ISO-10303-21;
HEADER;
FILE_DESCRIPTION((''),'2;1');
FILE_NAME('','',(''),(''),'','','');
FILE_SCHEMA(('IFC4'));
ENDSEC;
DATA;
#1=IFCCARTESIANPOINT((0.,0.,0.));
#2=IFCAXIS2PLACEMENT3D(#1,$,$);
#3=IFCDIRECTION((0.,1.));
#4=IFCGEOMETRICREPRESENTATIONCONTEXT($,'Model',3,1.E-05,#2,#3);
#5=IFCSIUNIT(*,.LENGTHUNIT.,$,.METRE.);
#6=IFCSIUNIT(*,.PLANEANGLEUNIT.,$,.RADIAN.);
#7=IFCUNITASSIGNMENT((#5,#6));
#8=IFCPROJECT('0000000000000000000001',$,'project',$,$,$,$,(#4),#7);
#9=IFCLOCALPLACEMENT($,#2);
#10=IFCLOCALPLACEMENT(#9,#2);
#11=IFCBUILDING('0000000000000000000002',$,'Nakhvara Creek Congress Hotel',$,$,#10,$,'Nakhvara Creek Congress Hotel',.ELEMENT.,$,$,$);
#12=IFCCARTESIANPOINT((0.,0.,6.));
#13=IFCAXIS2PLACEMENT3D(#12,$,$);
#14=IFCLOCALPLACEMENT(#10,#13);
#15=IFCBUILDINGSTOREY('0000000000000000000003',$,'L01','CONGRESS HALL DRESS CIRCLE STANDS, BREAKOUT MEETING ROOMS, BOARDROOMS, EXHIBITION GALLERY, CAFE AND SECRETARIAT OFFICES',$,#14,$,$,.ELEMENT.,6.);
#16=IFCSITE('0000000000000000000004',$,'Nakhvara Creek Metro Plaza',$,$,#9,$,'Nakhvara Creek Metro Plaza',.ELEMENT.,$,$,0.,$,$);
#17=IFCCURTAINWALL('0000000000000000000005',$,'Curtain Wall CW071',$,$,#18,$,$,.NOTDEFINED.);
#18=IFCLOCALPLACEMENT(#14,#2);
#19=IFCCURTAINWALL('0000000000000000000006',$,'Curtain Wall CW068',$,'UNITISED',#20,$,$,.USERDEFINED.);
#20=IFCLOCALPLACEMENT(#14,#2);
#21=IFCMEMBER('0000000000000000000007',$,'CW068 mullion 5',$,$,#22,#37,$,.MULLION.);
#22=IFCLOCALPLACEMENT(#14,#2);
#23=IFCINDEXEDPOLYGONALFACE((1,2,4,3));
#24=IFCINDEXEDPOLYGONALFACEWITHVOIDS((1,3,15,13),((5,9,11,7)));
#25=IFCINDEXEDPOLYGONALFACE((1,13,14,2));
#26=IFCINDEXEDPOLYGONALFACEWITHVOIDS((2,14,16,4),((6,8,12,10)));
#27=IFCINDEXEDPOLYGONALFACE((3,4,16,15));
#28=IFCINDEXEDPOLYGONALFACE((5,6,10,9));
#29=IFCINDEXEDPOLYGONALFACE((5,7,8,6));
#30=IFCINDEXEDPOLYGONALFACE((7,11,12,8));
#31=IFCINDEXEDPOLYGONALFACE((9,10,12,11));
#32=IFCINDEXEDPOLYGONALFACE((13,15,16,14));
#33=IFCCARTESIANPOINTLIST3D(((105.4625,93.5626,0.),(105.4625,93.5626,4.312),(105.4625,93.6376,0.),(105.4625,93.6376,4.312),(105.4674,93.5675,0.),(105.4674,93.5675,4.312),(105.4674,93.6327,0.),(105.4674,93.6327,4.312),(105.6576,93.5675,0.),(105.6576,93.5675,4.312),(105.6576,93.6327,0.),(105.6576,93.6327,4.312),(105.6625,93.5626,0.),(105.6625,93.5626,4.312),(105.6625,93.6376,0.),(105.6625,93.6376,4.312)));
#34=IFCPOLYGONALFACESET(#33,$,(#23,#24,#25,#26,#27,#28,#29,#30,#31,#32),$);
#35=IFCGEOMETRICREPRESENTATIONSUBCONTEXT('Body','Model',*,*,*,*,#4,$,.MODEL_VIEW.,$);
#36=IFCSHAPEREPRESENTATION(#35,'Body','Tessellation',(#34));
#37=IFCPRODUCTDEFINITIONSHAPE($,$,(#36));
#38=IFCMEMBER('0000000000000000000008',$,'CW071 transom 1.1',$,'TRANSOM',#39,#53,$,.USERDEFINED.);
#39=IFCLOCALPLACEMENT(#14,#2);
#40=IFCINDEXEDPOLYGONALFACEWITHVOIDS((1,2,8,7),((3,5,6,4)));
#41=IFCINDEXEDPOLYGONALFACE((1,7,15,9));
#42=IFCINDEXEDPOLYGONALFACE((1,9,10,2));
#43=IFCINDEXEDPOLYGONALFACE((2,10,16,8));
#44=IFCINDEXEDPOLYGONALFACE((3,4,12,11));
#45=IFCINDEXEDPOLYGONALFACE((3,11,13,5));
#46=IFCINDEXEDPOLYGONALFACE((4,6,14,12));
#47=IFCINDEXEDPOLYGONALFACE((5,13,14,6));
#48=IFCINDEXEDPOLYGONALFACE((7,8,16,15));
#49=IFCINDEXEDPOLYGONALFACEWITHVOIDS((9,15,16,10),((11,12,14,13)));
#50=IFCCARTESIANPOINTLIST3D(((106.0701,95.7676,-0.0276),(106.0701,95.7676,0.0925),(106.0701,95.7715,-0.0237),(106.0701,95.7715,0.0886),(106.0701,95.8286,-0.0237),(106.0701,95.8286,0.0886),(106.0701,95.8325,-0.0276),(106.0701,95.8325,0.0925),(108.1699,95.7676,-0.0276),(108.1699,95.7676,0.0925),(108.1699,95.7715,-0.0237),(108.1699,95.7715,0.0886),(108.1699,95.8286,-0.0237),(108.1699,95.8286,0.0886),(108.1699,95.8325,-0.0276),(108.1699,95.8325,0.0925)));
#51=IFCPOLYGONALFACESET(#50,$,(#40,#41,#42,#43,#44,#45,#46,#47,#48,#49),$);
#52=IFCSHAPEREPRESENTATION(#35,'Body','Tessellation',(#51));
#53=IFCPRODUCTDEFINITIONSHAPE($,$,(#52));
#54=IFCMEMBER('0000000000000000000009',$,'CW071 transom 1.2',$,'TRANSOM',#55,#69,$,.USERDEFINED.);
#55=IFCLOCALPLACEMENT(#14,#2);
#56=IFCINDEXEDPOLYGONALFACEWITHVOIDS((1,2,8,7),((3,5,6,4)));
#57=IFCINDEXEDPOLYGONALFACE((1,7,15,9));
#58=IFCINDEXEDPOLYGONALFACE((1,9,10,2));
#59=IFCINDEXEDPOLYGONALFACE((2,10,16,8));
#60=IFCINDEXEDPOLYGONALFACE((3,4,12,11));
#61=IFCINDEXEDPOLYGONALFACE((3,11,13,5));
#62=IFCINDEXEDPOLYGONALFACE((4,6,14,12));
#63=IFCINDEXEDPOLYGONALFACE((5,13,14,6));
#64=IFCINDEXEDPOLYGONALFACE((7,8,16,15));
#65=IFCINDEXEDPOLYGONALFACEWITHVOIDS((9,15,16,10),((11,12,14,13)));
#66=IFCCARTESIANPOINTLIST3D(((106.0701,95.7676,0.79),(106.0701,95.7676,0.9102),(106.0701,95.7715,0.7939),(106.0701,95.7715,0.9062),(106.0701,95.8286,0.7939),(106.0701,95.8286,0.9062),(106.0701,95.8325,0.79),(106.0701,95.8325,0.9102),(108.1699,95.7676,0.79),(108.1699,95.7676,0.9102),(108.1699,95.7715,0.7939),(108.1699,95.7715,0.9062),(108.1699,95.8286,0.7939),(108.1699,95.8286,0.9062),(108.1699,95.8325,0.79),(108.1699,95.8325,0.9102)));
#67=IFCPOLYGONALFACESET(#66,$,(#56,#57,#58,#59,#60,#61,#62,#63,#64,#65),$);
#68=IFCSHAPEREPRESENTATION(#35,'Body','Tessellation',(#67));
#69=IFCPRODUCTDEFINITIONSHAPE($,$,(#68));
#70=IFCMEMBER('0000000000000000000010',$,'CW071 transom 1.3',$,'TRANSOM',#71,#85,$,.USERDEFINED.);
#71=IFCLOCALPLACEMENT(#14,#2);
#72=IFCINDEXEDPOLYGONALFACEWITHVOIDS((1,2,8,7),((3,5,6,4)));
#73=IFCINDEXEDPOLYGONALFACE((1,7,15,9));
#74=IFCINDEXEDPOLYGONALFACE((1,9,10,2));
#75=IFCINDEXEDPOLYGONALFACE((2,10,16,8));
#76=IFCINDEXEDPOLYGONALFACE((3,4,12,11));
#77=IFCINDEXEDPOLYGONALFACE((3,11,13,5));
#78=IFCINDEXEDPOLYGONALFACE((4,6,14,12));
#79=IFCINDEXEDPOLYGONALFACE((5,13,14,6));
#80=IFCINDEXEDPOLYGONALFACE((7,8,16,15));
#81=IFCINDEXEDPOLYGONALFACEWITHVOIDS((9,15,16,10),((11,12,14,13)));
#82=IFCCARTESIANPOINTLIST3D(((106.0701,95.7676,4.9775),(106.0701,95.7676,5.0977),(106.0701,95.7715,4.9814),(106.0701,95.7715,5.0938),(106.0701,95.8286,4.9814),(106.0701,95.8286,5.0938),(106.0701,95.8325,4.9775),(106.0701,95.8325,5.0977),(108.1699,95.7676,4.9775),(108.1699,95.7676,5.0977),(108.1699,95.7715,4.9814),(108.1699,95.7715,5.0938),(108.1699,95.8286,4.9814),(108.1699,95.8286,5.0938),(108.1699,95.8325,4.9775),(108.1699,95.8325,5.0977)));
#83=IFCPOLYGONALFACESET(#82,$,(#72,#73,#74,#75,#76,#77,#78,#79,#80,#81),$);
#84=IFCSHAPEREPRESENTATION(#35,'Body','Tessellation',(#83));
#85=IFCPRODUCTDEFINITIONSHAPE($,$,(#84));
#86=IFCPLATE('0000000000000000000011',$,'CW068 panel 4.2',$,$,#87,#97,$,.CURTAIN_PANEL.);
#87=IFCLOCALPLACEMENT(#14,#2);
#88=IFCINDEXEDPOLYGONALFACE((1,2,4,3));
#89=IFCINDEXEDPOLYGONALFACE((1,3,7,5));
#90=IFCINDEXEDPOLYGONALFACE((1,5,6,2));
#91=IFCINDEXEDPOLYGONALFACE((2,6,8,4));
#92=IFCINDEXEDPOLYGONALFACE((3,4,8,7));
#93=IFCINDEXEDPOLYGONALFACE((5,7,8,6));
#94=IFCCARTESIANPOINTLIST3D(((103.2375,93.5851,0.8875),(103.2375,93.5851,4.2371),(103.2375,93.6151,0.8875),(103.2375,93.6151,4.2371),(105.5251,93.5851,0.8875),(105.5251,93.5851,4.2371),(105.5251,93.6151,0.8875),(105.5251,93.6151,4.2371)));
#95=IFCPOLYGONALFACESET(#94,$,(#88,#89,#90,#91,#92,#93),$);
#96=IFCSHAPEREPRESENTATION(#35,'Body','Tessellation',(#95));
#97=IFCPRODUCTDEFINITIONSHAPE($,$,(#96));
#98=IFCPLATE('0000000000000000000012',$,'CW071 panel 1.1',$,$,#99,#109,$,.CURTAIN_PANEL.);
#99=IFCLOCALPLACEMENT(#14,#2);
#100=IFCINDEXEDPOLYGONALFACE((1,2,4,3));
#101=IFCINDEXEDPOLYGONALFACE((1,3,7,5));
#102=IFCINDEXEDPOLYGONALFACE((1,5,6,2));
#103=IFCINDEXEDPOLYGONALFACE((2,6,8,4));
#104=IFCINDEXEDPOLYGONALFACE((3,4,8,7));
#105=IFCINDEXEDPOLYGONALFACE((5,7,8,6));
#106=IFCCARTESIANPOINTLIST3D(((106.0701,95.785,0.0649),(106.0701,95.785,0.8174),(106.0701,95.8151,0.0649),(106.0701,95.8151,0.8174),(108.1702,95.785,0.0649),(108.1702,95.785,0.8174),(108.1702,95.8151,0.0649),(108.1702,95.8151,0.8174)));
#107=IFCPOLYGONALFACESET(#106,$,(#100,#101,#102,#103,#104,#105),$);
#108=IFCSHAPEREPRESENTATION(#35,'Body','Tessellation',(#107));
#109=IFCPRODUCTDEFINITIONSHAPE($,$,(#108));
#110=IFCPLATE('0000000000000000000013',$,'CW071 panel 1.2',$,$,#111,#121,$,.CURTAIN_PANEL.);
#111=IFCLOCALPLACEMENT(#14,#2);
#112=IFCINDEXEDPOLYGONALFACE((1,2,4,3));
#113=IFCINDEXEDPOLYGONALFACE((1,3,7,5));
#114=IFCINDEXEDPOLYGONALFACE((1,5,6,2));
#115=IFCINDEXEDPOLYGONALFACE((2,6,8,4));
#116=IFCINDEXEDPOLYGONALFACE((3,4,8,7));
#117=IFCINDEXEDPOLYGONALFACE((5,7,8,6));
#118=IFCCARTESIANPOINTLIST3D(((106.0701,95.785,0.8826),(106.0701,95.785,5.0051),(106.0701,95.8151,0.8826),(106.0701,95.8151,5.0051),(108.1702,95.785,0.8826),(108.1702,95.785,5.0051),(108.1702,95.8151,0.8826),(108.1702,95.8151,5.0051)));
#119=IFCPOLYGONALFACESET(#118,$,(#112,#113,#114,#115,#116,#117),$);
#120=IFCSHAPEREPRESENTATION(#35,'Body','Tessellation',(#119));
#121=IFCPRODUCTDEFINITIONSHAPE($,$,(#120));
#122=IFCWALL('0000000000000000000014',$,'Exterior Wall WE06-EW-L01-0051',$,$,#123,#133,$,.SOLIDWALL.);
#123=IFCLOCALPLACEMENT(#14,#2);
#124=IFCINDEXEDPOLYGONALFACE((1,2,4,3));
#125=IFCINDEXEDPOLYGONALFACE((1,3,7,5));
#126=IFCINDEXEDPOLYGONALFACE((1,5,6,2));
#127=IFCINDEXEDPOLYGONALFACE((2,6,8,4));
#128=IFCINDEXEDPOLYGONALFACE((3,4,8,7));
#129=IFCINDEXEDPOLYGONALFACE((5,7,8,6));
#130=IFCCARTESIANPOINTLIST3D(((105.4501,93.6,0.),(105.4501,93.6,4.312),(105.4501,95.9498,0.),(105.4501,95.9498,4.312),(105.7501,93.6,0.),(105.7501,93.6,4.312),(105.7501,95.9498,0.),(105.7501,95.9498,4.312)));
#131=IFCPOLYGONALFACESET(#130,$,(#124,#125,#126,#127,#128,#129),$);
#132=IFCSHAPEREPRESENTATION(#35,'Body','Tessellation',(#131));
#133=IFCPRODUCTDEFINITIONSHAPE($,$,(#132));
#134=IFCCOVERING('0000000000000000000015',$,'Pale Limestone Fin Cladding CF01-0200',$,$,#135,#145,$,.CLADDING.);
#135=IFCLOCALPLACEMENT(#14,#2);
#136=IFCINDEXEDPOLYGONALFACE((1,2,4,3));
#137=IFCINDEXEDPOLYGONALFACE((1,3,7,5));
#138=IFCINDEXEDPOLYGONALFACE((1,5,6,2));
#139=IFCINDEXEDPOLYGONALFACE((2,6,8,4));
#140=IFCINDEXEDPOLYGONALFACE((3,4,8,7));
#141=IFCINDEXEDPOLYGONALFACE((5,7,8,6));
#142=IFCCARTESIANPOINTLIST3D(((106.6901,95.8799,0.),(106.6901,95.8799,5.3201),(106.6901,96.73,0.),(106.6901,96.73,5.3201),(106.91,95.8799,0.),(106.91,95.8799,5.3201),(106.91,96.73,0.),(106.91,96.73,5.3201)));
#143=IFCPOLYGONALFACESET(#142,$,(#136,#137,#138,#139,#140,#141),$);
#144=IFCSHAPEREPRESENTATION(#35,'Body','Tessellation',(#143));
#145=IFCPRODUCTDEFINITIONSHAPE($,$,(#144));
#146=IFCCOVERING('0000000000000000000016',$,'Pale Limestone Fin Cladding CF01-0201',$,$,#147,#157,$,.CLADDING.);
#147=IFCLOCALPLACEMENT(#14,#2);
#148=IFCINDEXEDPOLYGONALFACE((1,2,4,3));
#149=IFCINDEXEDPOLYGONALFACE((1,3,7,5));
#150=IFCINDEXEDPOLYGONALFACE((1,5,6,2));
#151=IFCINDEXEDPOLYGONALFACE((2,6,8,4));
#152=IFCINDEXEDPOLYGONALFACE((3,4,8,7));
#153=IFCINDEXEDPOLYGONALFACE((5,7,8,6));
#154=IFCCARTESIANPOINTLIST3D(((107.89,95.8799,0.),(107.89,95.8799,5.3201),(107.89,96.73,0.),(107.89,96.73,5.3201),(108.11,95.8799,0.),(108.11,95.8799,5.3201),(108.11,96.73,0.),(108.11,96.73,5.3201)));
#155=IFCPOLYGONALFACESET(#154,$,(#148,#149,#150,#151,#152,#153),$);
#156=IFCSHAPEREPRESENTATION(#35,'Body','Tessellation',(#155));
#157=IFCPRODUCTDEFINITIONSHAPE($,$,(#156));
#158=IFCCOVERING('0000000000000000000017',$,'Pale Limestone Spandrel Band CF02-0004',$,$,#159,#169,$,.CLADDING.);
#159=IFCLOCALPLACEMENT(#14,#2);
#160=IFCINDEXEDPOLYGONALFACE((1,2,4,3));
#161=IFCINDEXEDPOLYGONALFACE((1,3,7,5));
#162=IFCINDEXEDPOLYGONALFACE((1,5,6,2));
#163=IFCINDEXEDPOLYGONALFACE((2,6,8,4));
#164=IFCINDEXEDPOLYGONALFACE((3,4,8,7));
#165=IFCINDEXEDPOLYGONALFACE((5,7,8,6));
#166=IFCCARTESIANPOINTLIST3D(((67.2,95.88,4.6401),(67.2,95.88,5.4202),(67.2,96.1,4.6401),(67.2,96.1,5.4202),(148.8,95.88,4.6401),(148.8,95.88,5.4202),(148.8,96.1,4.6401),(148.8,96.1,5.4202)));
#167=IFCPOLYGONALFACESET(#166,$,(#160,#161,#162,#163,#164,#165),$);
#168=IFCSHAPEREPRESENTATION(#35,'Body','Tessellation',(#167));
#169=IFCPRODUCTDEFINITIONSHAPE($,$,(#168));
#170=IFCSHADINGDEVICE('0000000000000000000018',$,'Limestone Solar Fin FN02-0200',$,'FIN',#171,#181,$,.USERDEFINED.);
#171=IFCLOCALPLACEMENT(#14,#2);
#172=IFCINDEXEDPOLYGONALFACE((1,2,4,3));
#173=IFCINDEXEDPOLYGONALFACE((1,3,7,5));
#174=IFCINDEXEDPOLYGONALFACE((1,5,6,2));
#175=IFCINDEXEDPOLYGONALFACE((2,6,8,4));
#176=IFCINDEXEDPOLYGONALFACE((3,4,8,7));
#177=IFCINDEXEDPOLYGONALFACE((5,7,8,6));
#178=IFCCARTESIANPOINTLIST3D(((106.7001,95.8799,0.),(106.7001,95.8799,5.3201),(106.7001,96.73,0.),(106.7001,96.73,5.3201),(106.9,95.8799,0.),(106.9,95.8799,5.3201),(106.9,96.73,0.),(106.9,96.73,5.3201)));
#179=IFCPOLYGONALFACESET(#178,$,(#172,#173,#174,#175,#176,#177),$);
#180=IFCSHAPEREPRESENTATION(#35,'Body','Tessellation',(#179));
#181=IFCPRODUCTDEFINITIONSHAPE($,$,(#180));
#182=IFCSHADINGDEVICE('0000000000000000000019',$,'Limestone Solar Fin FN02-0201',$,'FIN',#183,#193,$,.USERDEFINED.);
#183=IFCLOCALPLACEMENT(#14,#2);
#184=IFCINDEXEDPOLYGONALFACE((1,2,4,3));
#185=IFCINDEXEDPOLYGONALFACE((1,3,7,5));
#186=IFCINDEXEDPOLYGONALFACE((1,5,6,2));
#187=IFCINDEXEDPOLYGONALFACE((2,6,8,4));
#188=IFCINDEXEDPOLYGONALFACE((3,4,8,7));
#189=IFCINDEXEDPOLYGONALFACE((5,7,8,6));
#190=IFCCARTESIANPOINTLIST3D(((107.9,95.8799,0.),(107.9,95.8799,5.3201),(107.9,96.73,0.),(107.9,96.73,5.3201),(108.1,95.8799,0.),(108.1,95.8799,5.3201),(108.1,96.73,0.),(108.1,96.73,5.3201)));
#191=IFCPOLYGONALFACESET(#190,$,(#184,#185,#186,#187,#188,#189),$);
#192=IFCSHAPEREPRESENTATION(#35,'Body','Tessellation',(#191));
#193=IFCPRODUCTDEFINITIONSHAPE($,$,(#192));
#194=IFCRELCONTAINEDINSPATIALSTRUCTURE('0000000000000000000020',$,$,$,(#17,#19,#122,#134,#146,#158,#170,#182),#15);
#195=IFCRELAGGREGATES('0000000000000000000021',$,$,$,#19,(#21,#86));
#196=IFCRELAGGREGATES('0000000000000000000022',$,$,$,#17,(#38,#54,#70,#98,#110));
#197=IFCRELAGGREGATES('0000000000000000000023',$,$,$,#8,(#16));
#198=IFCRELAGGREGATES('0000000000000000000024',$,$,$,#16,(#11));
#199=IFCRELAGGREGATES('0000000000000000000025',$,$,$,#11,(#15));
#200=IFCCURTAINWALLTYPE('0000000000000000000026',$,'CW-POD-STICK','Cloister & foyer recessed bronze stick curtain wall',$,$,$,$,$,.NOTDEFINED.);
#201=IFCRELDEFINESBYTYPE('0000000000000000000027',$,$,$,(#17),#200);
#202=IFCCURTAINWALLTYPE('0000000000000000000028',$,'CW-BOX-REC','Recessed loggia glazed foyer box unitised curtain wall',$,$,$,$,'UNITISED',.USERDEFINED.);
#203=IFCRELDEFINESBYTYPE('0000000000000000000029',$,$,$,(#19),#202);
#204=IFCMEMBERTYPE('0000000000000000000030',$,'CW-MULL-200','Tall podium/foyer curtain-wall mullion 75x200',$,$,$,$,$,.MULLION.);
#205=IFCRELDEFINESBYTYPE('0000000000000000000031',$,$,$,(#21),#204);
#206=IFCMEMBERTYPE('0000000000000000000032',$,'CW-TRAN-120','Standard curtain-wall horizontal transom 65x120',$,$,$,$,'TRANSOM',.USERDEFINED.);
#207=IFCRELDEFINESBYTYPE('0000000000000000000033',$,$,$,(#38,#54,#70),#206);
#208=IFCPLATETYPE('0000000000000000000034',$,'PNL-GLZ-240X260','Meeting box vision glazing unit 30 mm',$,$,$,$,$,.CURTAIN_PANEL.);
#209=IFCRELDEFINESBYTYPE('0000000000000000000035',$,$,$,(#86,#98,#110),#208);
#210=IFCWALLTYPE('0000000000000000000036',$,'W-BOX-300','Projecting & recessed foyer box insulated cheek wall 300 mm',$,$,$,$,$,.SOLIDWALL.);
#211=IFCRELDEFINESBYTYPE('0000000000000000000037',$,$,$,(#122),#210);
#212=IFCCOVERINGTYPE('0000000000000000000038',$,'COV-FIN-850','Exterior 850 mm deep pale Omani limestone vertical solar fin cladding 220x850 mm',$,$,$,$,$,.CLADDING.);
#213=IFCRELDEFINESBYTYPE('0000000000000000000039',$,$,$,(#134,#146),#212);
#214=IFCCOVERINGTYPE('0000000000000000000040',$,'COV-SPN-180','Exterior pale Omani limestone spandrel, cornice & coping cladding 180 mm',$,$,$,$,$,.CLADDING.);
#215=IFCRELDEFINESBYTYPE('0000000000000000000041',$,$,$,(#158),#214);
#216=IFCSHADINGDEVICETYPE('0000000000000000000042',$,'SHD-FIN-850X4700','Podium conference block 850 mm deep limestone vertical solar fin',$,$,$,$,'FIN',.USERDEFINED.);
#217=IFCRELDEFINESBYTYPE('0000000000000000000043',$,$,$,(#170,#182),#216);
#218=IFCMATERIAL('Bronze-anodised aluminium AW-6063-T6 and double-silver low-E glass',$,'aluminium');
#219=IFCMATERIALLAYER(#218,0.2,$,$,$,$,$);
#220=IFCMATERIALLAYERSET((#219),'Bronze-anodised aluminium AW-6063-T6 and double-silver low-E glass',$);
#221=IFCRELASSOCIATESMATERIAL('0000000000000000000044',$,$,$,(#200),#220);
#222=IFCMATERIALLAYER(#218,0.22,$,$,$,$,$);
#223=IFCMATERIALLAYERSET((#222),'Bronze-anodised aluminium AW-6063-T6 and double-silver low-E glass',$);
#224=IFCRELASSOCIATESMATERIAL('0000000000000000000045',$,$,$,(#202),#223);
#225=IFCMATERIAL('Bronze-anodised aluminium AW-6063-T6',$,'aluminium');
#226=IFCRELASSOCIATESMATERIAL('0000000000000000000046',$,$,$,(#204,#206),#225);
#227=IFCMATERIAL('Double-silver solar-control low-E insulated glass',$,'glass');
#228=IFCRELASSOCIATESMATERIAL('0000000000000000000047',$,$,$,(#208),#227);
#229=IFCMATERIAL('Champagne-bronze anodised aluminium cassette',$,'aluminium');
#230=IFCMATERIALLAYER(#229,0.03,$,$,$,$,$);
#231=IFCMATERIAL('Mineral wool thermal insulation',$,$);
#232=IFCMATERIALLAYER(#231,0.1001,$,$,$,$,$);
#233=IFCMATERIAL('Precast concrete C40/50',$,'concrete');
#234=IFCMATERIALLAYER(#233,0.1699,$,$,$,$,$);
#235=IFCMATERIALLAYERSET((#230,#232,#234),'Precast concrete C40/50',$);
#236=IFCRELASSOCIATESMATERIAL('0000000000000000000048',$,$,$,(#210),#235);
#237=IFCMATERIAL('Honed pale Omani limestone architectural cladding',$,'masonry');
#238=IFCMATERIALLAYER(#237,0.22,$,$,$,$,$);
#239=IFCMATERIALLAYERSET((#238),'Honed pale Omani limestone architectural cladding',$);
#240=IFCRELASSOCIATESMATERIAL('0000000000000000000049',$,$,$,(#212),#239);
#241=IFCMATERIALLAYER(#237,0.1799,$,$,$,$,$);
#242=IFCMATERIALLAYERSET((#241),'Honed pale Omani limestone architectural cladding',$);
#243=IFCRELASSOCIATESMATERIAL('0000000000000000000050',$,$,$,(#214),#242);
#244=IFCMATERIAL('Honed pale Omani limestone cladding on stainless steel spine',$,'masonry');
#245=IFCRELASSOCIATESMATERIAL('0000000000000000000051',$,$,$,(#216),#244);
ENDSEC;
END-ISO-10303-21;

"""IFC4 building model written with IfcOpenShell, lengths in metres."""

from ifc_helpers import new_model, si_unit, direction, frame, frame_2d, origin, origin_2d, place, context, subcontext, project, spatial, rectangle, hollow_rectangle, extrude, material, layer, layer_set, material_profile, profile_set, type_object, element, aggregate, save


model = new_model("IFC4")

# Units and contexts
model_context = context("Model", 3, precision=1e-05, world=origin(), true_north=direction((0.0, 1.0)))
body_context = subcontext(model_context, "Body", "Model", "MODEL_VIEW")
ifc_project = project(units=[si_unit("LENGTHUNIT", "METRE"), si_unit("PLANEANGLEUNIT", "RADIAN")], contexts=[model_context])

# Site, building, storey
site_placement = place(None, origin())
site = spatial("IfcSite", under=ifc_project, at=site_placement, Name="Nakhvara Creek Metro Plaza", LongName="Nakhvara Creek Metro Plaza", CompositionType="ELEMENT", RefElevation=0.0)
building_placement = place(site_placement, origin())
building = spatial("IfcBuilding", under=site, at=building_placement, Name="Nakhvara Creek Congress Hotel", LongName="Nakhvara Creek Congress Hotel", CompositionType="ELEMENT")
storey_placement = place(building_placement, frame((0.0, 0.0, 6.0)))
storey = spatial("IfcBuildingStorey", under=building, at=storey_placement, Name="L01", Description="CONGRESS HALL DRESS CIRCLE STANDS, BREAKOUT MEETING ROOMS, BOARDROOMS, EXHIBITION GALLERY, CAFE AND SECRETARIAT OFFICES", CompositionType="ELEMENT", Elevation=6.0)

# Curtain wall
ifc_material_1 = material(Name="Bronze-anodised aluminium AW-6063-T6 and double-silver low-E glass", Category="aluminium")
ifc_layer_1 = layer(ifc_material_1, 0.2)
ifc_layer_set_1 = layer_set([ifc_layer_1], Name="Bronze-anodised aluminium AW-6063-T6 and double-silver low-E glass")
curtain_wall_type_1 = type_object("IfcCurtainWallType", Name="CW-POD-STICK", Description="Cloister & foyer recessed bronze stick curtain wall", PredefinedType="NOTDEFINED", material=ifc_layer_set_1)
curtain_wall_1_placement = place(storey_placement, origin())
curtain_wall_1 = element("IfcCurtainWall", 1, at=curtain_wall_1_placement, inside=storey, type_object=curtain_wall_type_1, Name="Curtain Wall CW071", PredefinedType="NOTDEFINED")
ifc_material_2 = material(Name="Bronze-anodised aluminium AW-6063-T6", Category="aluminium")

# Curtain wall, member
ifc_layer_2 = layer(ifc_material_1, 0.22)
ifc_layer_set_2 = layer_set([ifc_layer_2], Name="Bronze-anodised aluminium AW-6063-T6 and double-silver low-E glass")
curtain_wall_type_2 = type_object("IfcCurtainWallType", Name="CW-BOX-REC", Description="Recessed loggia glazed foyer box unitised curtain wall", ElementType="UNITISED", PredefinedType="USERDEFINED", material=ifc_layer_set_2)
curtain_wall_2_placement = place(storey_placement, origin())
curtain_wall_2 = element("IfcCurtainWall", 2, at=curtain_wall_2_placement, inside=storey, type_object=curtain_wall_type_2, Name="Curtain Wall CW068", ObjectType="UNITISED", PredefinedType="USERDEFINED")
ifc_material_profile_1 = material_profile(ifc_material_2, hollow_rectangle(XDim=0.075, YDim=0.2, WallThickness=0.0049, at=origin_2d()), Name="ALU-MULL 75x200x5", Category="LoadBearing")
ifc_profile_set_1 = profile_set([ifc_material_profile_1], Name="Bronze-anodised aluminium AW-6063-T6")
member_type_1 = type_object("IfcMemberType", Name="CW-MULL-200", Description="Tall podium/foyer curtain-wall mullion 75x200", PredefinedType="MULLION", material=ifc_profile_set_1)
member_1_placement = place(storey_placement, frame((105.5625, 93.6001, 0.0), z_axis=(0.0, 0.0, 1.0), x_axis=(0.0, 1.0, 0.0)))
member_1 = element("IfcMember", 3, at=member_1_placement, type_object=member_type_1, Name="CW068 mullion 5", PredefinedType="MULLION", context=body_context, shape_type="SweptSolid", body=[
    extrude(hollow_rectangle(XDim=0.075, YDim=0.2, WallThickness=0.0049, at=origin_2d()), origin(), (0.0, 0.0, 1.0), 4.312),
])

# Members
ifc_material_profile_2 = material_profile(ifc_material_2, hollow_rectangle(XDim=0.0649, YDim=0.1201, WallThickness=0.0039, at=origin_2d()), Name="ALU-TRAN 65x120x4", Category="LoadBearing")
ifc_profile_set_2 = profile_set([ifc_material_profile_2], Name="Bronze-anodised aluminium AW-6063-T6")
member_type_2 = type_object("IfcMemberType", Name="CW-TRAN-120", Description="Standard curtain-wall horizontal transom 65x120", ElementType="TRANSOM", PredefinedType="USERDEFINED", material=ifc_profile_set_2)
member_2_placement = place(storey_placement, frame((106.0701, 95.8, 0.0325), z_axis=(1.0, 0.0, 0.0), x_axis=(0.0, 1.0, 0.0)))
member_2 = element("IfcMember", 4, at=member_2_placement, type_object=member_type_2, Name="CW071 transom 1.1", ObjectType="TRANSOM", PredefinedType="USERDEFINED", context=body_context, shape_type="SweptSolid", body=[
    extrude(hollow_rectangle(XDim=0.0649, YDim=0.1201, WallThickness=0.0039, at=origin_2d()), origin(), (0.0, 0.0, 1.0), 2.0999),
])
member_3_placement = place(storey_placement, frame((106.0701, 95.8, 0.8501), z_axis=(1.0, 0.0, 0.0), x_axis=(0.0, 1.0, 0.0)))
member_3 = element("IfcMember", 5, at=member_3_placement, type_object=member_type_2, Name="CW071 transom 1.2", ObjectType="TRANSOM", PredefinedType="USERDEFINED", context=body_context, shape_type="SweptSolid", body=[
    extrude(hollow_rectangle(XDim=0.0649, YDim=0.1201, WallThickness=0.0039, at=origin_2d()), origin(), (0.0, 0.0, 1.0), 2.0999),
])
member_4_placement = place(storey_placement, frame((106.0701, 95.8, 5.0376), z_axis=(1.0, 0.0, 0.0), x_axis=(0.0, 1.0, 0.0)))
member_4 = element("IfcMember", 6, at=member_4_placement, type_object=member_type_2, Name="CW071 transom 1.3", ObjectType="TRANSOM", PredefinedType="USERDEFINED", context=body_context, shape_type="SweptSolid", body=[
    extrude(hollow_rectangle(XDim=0.0649, YDim=0.1201, WallThickness=0.0039, at=origin_2d()), origin(), (0.0, 0.0, 1.0), 2.0999),
])

# Plates
ifc_material_3 = material(Name="Double-silver solar-control low-E insulated glass", Category="glass")
plate_type = type_object("IfcPlateType", Name="PNL-GLZ-240X260", Description="Meeting box vision glazing unit 30 mm", PredefinedType="CURTAIN_PANEL", material=ifc_material_3)
plate_1_placement = place(storey_placement, frame((104.3813, 93.6001, 0.8875), z_axis=(0.0, 0.0, 1.0), x_axis=(1.0, 0.0, 0.0)))
plate_1 = element("IfcPlate", 7, at=plate_1_placement, type_object=plate_type, Name="CW068 panel 4.2", PredefinedType="CURTAIN_PANEL", context=body_context, shape_type="SweptSolid", body=[
    extrude(rectangle(XDim=2.2876, YDim=0.03, at=origin_2d()), origin(), (0.0, 0.0, 1.0), 3.3496),
])
aggregate(curtain_wall_2, [member_1, plate_1])
plate_2_placement = place(storey_placement, frame((107.1201, 95.8, 0.0649), z_axis=(0.0, 0.0, 1.0), x_axis=(1.0, 0.0, 0.0)))
plate_2 = element("IfcPlate", 8, at=plate_2_placement, type_object=plate_type, Name="CW071 panel 1.1", PredefinedType="CURTAIN_PANEL", context=body_context, shape_type="SweptSolid", body=[
    extrude(rectangle(XDim=2.1001, YDim=0.03, at=origin_2d()), origin(), (0.0, 0.0, 1.0), 0.7524),
])
plate_3_placement = place(storey_placement, frame((107.1201, 95.8, 0.8826), z_axis=(0.0, 0.0, 1.0), x_axis=(1.0, 0.0, 0.0)))
plate_3 = element("IfcPlate", 9, at=plate_3_placement, type_object=plate_type, Name="CW071 panel 1.2", PredefinedType="CURTAIN_PANEL", context=body_context, shape_type="SweptSolid", body=[
    extrude(rectangle(XDim=2.1001, YDim=0.03, at=origin_2d()), origin(), (0.0, 0.0, 1.0), 4.1226),
])
aggregate(curtain_wall_1, [member_2, member_3, member_4, plate_2, plate_3])

# Wall
ifc_material_4 = material(Name="Champagne-bronze anodised aluminium cassette", Category="aluminium")
ifc_layer_3 = layer(ifc_material_4, 0.03)
ifc_material_5 = material(Name="Mineral wool thermal insulation")
ifc_layer_4 = layer(ifc_material_5, 0.1001)
ifc_material_6 = material(Name="Precast concrete C40/50", Category="concrete")
ifc_layer_5 = layer(ifc_material_6, 0.1699)
ifc_layer_set_3 = layer_set([ifc_layer_3, ifc_layer_4, ifc_layer_5], Name="Precast concrete C40/50")
wall_type = type_object("IfcWallType", Name="W-BOX-300", Description="Projecting & recessed foyer box insulated cheek wall 300 mm", PredefinedType="SOLIDWALL", material=ifc_layer_set_3)
wall_placement = place(storey_placement, frame((105.6001, 93.6001, 0.0), z_axis=(0.0, 0.0, 1.0), x_axis=(0.0, 1.0, 0.0)))
element("IfcWall", 10, at=wall_placement, inside=storey, type_object=wall_type, Name="Exterior Wall WE06-EW-L01-0051", PredefinedType="SOLIDWALL", context=body_context, shape_type="SweptSolid", body=[
    extrude(rectangle(XDim=2.3499, YDim=0.3, at=frame_2d((1.1748, 0.0))), origin(), (0.0, 0.0, 1.0), 4.312),
])

# Coverings
ifc_material_7 = material(Name="Honed pale Omani limestone architectural cladding", Category="masonry")
ifc_layer_6 = layer(ifc_material_7, 0.22)
ifc_layer_set_4 = layer_set([ifc_layer_6], Name="Honed pale Omani limestone architectural cladding")
covering_type_1 = type_object("IfcCoveringType", Name="COV-FIN-850", Description="Exterior 850 mm deep pale Omani limestone vertical solar fin cladding 220x850 mm", PredefinedType="CLADDING", material=ifc_layer_set_4)
for number, where, z_axis, x_axis, name in (
    (11, (106.8, 96.3049, 0.0), (0.0, 0.0, 1.0), (1.0, 0.0, 0.0), "Pale Limestone Fin Cladding CF01-0200"),
    (12, (108.0, 96.3049, 0.0), (0.0, 0.0, 1.0), (1.0, 0.0, 0.0), "Pale Limestone Fin Cladding CF01-0201"),
):
    element("IfcCovering", number, at=place(storey_placement, frame(where, z_axis=z_axis, x_axis=x_axis)), inside=storey, type_object=covering_type_1, Name=name, PredefinedType="CLADDING", context=body_context, shape_type="SweptSolid", body=[
        extrude(rectangle(XDim=0.22, YDim=0.8501, at=origin_2d()), origin(), (0.0, 0.0, 1.0), 5.3201),
    ])
ifc_layer_7 = layer(ifc_material_7, 0.1799)
ifc_layer_set_5 = layer_set([ifc_layer_7], Name="Honed pale Omani limestone architectural cladding")
covering_type_2 = type_object("IfcCoveringType", Name="COV-SPN-180", Description="Exterior pale Omani limestone spandrel, cornice & coping cladding 180 mm", PredefinedType="CLADDING", material=ifc_layer_set_5)
covering_placement = place(storey_placement, frame((108.0, 95.99, 4.6401), z_axis=(0.0, 0.0, 1.0), x_axis=(1.0, 0.0, 0.0)))
element("IfcCovering", 13, at=covering_placement, inside=storey, type_object=covering_type_2, Name="Pale Limestone Spandrel Band CF02-0004", PredefinedType="CLADDING", context=body_context, shape_type="SweptSolid", body=[
    extrude(rectangle(XDim=81.6001, YDim=0.22, at=origin_2d()), origin(), (0.0, 0.0, 1.0), 0.78),
])

# Shading devices
ifc_material_8 = material(Name="Honed pale Omani limestone cladding on stainless steel spine", Category="masonry")
shading_device_type = type_object("IfcShadingDeviceType", Name="SHD-FIN-850X4700", Description="Podium conference block 850 mm deep limestone vertical solar fin", ElementType="FIN", PredefinedType="USERDEFINED", material=ifc_material_8)
for number, where, z_axis, x_axis, name in (
    (14, (106.8, 96.3049, 0.0), (0.0, 0.0, 1.0), (1.0, 0.0, 0.0), "Limestone Solar Fin FN02-0200"),
    (15, (108.0, 96.3049, 0.0), (0.0, 0.0, 1.0), (1.0, 0.0, 0.0), "Limestone Solar Fin FN02-0201"),
):
    element("IfcShadingDevice", number, at=place(storey_placement, frame(where, z_axis=z_axis, x_axis=x_axis)), inside=storey, type_object=shading_device_type, Name=name, ObjectType="FIN", PredefinedType="USERDEFINED", context=body_context, shape_type="SweptSolid", body=[
        extrude(rectangle(XDim=0.2, YDim=0.8501, at=origin_2d()), origin(), (0.0, 0.0, 1.0), 5.3201),
    ])

save(model, "model.ifc")
